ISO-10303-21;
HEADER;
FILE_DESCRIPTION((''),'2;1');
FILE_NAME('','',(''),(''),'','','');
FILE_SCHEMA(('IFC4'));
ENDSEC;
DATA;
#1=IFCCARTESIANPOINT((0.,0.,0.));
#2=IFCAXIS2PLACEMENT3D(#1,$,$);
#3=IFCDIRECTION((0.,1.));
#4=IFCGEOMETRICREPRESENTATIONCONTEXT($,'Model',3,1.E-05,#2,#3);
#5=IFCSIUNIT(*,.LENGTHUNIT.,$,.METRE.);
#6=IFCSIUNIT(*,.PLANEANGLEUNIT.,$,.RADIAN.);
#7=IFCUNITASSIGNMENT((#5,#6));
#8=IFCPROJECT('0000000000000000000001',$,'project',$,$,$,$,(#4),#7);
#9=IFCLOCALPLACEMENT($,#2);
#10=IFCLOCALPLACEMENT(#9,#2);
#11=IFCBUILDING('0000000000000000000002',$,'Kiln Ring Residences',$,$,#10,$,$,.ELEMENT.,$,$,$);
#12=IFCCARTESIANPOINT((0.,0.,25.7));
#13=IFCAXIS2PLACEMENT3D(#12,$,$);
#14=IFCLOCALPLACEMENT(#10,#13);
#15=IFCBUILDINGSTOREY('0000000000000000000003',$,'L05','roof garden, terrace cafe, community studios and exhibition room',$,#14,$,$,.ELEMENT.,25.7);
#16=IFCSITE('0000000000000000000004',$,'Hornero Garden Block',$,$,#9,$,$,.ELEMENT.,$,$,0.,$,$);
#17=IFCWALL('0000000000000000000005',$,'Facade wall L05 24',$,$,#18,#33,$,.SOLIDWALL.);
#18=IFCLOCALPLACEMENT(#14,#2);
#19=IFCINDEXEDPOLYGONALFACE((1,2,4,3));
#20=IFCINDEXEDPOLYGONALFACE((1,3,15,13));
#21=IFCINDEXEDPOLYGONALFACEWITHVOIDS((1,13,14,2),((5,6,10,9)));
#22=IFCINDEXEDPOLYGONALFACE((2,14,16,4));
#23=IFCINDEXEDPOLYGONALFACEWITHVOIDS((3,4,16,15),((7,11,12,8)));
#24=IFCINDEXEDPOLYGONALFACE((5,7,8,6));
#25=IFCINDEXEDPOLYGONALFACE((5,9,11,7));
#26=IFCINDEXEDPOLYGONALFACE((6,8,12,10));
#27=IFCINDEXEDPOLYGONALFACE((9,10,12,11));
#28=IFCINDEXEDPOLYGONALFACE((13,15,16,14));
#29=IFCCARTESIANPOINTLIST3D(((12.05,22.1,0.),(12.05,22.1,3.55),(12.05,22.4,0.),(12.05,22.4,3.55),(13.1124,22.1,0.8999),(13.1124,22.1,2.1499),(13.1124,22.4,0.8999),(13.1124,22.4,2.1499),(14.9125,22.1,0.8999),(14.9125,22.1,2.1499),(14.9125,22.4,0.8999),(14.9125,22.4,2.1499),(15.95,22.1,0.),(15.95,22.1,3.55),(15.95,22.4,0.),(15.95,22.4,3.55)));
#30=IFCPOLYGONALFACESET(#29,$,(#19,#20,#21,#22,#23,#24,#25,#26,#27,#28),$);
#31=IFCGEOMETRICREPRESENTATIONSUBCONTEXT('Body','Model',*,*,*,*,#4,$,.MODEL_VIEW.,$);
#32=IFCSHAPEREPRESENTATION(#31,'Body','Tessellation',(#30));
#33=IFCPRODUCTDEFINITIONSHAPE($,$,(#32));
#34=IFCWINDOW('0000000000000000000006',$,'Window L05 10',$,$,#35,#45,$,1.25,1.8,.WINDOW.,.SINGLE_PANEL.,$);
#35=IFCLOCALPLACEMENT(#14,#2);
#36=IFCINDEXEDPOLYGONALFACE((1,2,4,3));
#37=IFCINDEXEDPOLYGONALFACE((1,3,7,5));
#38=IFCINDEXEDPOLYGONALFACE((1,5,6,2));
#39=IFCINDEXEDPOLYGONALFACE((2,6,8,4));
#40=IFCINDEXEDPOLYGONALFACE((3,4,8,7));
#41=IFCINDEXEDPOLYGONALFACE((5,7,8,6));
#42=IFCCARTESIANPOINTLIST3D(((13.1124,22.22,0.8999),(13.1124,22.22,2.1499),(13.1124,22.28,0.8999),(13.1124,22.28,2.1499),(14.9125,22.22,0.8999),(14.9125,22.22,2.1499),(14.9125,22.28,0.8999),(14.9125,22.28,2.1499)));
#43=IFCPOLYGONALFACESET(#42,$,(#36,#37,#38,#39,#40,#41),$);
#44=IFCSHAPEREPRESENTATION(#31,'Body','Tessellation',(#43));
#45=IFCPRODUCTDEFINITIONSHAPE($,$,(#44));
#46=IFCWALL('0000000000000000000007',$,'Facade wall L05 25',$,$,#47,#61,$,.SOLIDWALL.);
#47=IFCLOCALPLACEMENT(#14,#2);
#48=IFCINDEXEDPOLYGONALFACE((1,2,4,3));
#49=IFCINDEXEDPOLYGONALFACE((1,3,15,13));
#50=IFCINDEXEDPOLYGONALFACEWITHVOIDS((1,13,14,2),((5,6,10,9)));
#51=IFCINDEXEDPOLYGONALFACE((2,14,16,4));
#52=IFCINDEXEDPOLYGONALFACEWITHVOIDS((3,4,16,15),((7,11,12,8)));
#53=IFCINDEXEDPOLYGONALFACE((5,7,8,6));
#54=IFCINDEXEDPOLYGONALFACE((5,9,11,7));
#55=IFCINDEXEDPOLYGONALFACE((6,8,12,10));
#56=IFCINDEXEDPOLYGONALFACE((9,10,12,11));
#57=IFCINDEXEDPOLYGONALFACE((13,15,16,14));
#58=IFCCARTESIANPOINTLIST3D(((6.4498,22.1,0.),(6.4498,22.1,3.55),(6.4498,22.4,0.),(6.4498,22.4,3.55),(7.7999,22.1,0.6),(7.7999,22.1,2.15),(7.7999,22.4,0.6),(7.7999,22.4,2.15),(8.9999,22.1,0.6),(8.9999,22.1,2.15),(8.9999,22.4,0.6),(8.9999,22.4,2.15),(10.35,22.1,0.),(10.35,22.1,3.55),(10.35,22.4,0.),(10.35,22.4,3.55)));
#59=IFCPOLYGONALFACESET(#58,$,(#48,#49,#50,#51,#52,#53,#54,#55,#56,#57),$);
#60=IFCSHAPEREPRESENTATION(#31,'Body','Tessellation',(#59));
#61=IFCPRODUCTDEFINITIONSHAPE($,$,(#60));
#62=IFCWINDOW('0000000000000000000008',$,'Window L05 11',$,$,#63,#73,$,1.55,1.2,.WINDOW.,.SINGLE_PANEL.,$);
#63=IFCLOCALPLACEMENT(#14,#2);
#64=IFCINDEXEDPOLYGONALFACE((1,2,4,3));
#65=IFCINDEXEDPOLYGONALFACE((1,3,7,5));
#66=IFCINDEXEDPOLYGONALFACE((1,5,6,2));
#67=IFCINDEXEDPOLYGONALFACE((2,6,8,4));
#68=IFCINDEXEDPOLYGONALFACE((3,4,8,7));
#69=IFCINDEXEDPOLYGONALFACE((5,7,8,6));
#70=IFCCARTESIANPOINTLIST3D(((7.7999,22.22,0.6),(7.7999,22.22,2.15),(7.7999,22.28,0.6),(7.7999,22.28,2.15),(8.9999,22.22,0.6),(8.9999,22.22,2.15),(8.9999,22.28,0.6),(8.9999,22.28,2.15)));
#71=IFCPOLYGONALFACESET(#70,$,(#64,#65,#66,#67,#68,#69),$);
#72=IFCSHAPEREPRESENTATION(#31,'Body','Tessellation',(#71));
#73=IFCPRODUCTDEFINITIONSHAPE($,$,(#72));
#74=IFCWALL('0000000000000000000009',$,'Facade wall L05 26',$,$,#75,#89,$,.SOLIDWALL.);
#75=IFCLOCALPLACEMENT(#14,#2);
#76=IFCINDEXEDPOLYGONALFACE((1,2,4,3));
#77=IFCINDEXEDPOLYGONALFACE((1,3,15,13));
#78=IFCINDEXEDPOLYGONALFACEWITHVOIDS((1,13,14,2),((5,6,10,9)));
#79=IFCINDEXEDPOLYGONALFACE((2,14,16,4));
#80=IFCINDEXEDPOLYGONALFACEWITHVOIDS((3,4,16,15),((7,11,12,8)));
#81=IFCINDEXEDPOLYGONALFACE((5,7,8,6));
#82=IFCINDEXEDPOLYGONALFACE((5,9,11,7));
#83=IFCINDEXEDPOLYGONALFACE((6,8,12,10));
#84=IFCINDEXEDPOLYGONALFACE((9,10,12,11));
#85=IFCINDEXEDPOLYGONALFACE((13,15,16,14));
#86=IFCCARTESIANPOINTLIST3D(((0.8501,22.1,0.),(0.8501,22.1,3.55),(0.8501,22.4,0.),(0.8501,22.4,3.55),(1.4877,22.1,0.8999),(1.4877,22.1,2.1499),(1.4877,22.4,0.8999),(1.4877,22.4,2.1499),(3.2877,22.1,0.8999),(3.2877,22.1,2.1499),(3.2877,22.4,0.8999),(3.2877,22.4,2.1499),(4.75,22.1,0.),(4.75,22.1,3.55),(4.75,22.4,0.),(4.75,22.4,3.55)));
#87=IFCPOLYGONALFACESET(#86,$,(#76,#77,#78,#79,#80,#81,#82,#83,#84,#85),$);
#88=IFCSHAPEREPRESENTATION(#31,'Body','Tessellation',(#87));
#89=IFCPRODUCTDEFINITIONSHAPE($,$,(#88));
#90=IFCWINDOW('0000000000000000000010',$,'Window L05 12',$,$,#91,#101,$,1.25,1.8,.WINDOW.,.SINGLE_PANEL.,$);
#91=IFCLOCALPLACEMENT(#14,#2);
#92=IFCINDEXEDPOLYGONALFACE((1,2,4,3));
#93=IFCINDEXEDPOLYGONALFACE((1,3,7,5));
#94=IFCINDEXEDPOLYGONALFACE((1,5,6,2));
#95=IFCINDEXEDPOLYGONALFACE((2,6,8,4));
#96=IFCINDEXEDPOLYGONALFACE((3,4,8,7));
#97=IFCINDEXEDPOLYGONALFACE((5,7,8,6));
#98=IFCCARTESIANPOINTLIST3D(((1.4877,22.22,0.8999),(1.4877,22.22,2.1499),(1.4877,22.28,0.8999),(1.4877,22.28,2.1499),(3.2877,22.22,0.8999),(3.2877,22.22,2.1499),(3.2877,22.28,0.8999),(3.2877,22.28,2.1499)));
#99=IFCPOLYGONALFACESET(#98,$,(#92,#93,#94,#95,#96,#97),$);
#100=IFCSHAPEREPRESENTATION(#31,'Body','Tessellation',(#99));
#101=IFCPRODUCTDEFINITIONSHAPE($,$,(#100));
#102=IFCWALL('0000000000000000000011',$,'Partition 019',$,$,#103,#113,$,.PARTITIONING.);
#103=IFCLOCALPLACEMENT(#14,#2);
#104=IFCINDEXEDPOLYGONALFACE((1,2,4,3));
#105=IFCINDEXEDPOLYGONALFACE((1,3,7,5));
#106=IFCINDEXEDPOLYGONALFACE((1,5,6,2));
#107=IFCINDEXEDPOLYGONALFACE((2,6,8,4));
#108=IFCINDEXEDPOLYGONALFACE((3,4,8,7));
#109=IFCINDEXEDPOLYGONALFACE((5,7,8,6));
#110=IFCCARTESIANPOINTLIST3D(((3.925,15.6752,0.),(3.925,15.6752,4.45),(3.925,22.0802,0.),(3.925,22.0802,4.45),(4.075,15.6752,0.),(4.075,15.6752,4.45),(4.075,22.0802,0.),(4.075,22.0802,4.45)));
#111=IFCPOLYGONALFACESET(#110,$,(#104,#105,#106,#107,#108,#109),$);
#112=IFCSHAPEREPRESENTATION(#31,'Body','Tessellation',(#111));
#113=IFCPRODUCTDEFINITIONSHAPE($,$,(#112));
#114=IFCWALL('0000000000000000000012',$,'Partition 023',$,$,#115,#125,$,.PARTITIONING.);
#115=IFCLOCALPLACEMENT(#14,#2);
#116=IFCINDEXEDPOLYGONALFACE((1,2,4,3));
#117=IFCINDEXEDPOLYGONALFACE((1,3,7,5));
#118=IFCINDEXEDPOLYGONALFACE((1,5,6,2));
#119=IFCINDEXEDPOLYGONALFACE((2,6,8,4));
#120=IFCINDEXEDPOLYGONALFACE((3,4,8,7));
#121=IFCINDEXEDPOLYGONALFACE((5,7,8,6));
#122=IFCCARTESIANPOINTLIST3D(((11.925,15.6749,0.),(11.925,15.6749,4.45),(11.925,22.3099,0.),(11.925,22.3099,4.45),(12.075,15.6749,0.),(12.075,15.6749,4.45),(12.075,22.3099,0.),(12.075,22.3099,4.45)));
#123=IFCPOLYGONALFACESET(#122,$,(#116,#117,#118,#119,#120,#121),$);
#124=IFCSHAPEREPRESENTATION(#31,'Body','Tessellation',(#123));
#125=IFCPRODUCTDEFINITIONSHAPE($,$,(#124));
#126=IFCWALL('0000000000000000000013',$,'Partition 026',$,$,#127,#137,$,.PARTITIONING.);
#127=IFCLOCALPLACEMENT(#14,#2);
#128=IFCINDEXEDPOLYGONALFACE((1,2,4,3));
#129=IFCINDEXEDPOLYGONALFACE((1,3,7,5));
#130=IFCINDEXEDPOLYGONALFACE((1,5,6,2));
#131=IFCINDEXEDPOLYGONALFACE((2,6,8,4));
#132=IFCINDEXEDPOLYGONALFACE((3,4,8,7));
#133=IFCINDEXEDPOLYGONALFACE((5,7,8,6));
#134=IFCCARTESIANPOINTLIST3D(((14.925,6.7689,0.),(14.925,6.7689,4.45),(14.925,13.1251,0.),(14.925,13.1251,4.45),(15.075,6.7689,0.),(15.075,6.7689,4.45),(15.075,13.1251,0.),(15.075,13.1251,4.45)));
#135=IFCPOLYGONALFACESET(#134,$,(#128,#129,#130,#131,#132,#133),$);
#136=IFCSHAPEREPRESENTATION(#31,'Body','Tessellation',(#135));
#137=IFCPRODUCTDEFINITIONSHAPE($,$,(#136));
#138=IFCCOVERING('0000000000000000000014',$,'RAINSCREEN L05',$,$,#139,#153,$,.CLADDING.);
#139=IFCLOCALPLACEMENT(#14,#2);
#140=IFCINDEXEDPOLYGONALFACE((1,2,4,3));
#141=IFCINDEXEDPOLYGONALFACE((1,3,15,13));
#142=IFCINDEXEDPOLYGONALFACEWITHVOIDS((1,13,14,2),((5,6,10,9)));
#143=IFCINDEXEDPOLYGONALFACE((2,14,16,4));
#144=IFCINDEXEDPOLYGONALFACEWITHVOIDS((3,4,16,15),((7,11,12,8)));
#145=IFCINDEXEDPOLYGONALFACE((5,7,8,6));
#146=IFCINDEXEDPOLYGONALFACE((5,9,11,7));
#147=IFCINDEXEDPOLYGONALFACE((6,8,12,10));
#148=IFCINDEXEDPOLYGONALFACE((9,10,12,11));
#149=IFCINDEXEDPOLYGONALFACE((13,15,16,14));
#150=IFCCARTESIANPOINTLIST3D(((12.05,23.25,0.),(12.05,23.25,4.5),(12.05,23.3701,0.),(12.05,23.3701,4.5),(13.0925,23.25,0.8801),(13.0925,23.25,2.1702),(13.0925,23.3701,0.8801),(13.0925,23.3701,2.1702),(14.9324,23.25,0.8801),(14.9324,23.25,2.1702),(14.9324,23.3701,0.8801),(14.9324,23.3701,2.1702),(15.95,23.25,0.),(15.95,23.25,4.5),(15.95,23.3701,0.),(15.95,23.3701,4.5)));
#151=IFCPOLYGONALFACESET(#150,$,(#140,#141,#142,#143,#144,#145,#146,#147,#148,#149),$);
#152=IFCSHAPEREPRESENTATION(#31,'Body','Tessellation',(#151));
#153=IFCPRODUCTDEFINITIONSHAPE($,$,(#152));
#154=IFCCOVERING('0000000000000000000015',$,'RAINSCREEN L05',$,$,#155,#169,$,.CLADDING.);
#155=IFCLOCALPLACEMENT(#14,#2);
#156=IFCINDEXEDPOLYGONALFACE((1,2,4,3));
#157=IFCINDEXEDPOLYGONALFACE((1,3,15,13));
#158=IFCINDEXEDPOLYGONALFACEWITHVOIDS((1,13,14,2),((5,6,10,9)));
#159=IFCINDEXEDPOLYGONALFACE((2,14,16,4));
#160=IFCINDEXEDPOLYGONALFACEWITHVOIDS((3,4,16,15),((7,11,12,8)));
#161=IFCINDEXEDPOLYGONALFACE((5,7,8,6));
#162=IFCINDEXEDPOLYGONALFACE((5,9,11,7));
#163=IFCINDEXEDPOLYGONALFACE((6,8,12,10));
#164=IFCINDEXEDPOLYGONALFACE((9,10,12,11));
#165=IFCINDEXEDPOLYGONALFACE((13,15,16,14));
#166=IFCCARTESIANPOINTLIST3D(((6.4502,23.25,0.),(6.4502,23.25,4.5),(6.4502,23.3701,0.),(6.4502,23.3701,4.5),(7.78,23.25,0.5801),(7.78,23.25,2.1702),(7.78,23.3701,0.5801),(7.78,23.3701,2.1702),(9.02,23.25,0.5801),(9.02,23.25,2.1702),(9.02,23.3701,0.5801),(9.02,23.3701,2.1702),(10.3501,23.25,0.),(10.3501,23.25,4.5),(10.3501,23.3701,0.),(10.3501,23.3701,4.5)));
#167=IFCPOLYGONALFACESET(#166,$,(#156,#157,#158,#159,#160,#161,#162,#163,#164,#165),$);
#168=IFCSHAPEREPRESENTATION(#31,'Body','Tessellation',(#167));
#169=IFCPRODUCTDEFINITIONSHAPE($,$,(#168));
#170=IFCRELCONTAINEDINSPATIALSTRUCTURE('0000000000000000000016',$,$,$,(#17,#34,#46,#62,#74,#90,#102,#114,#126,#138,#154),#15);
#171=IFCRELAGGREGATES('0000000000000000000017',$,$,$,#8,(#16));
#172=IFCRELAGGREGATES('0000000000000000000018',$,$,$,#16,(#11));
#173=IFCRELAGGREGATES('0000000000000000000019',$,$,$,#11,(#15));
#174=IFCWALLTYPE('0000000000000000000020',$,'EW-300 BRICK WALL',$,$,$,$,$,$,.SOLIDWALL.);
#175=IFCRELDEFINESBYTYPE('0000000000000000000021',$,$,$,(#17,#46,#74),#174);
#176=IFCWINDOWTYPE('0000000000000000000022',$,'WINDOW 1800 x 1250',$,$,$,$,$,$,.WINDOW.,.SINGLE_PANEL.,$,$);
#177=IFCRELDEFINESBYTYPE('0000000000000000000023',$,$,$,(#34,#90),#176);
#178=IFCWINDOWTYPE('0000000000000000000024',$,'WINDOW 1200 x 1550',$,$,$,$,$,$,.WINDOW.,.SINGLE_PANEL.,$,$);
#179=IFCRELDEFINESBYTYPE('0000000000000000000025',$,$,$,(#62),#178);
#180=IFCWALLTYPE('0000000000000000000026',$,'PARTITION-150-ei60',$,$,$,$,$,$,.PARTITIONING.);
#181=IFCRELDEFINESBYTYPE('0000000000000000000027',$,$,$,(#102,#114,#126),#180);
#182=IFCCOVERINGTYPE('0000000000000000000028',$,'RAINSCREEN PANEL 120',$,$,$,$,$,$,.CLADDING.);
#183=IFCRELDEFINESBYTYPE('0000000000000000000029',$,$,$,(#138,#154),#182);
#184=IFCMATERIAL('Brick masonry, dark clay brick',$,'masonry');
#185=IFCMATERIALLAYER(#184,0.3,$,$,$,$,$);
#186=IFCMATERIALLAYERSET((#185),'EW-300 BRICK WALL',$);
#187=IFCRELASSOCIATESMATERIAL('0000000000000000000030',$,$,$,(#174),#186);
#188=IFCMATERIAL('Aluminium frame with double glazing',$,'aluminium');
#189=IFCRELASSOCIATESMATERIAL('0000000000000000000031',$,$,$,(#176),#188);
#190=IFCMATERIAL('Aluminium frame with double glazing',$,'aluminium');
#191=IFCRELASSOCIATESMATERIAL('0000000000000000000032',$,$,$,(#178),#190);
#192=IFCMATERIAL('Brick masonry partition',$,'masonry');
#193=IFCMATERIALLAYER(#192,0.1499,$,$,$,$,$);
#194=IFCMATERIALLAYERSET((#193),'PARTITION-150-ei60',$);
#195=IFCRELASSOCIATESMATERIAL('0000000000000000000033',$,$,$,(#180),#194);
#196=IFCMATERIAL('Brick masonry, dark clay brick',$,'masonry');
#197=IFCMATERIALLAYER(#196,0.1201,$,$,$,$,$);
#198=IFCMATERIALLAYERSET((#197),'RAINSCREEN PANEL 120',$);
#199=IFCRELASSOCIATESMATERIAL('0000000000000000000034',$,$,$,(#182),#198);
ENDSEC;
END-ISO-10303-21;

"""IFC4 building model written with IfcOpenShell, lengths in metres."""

from ifc_helpers import new_model, si_unit, direction, frame, frame_2d, origin, place, context, subcontext, project, spatial, polyline, rectangle, outline, extrude, material, layer, layer_set, type_object, element, fill, save


model = new_model("IFC4")

# Units and contexts
model_context = context("Model", 3, precision=1e-05, world=origin(), true_north=direction((0.0, 1.0)))
body_context = subcontext(model_context, "Body", "Model", "MODEL_VIEW")
ifc_project = project(units=[si_unit("LENGTHUNIT", "METRE"), si_unit("PLANEANGLEUNIT", "RADIAN")], contexts=[model_context])

# Site, building, storey
site_placement = place(None, origin())
site = spatial("IfcSite", under=ifc_project, at=site_placement, Name="Hornero Garden Block", CompositionType="ELEMENT", RefElevation=0.0)
building_placement = place(site_placement, origin())
building = spatial("IfcBuilding", under=site, at=building_placement, Name="Kiln Ring Residences", CompositionType="ELEMENT")
storey_placement = place(building_placement, frame((0.0, 0.0, 25.7)))
storey = spatial("IfcBuildingStorey", under=building, at=storey_placement, Name="L05", Description="roof garden, terrace cafe, community studios and exhibition room", CompositionType="ELEMENT", Elevation=25.7)

# Walls, openings, windows
ifc_material_1 = material(Name="Brick masonry, dark clay brick", Category="masonry")
ifc_layer_1 = layer(ifc_material_1, 0.3)
ifc_layer_set_1 = layer_set([ifc_layer_1], Name="EW-300 BRICK WALL")
wall_type_1 = type_object("IfcWallType", Name="EW-300 BRICK WALL", PredefinedType="SOLIDWALL", material=ifc_layer_set_1)
wall_1_placement = place(storey_placement, frame((15.95, 22.25, 0.0), z_axis=(0.0, 0.0, 1.0), x_axis=(-1.0, 0.0, 0.0)))
wall_1 = element("IfcWall", 1, at=wall_1_placement, inside=storey, type_object=wall_type_1, Name="Facade wall L05 24", PredefinedType="SOLIDWALL", context=body_context, shape_type="SweptSolid", body=[
    extrude(rectangle(XDim=3.8999, YDim=0.3, at=frame_2d((1.95, 0.0))), origin(), (0.0, 0.0, 1.0), 3.55),
])
opening_1_placement = place(wall_1_placement, frame((1.0376, 0.0, 0.8999)))
opening_1 = element("IfcOpeningElement", 2, at=opening_1_placement, cuts=wall_1, PredefinedType="OPENING", context=body_context, shape_type="SweptSolid", body=[
    extrude(rectangle(XDim=1.8, YDim=1.25, at=frame_2d((0.8999, 0.625))), frame((0.0, 0.1599, 0.0), z_axis=(0.0, -1.0, 0.0), x_axis=(1.0, 0.0, 0.0)), (0.0, 0.0, 1.0), 0.3201),
])
ifc_material_2 = material(Name="Aluminium frame with double glazing", Category="aluminium")
window_type_1 = type_object("IfcWindowType", Name="WINDOW 1800 x 1250", PartitioningType="SINGLE_PANEL", PredefinedType="WINDOW", material=ifc_material_2)
window_1_placement = place(opening_1_placement, origin())
window_1 = element("IfcWindow", 3, at=window_1_placement, inside=storey, type_object=window_type_1, Name="Window L05 10", OverallHeight=1.25, OverallWidth=1.8, PartitioningType="SINGLE_PANEL", PredefinedType="WINDOW", context=body_context, shape_type="SweptSolid", body=[
    extrude(rectangle(XDim=1.8, YDim=1.25, at=frame_2d((0.8999, 0.625))), frame((0.0, 0.03, 0.0), z_axis=(0.0, -1.0, 0.0), x_axis=(1.0, 0.0, 0.0)), (0.0, 0.0, 1.0), 0.0601),
])
fill(opening_1, window_1)
wall_2_placement = place(storey_placement, frame((10.3501, 22.25, 0.0), z_axis=(0.0, 0.0, 1.0), x_axis=(-1.0, 0.0, 0.0)))
wall_2 = element("IfcWall", 4, at=wall_2_placement, inside=storey, type_object=wall_type_1, Name="Facade wall L05 25", PredefinedType="SOLIDWALL", context=body_context, shape_type="SweptSolid", body=[
    extrude(rectangle(XDim=3.9001, YDim=0.3, at=frame_2d((1.9502, 0.0))), origin(), (0.0, 0.0, 1.0), 3.55),
])
opening_2_placement = place(wall_2_placement, frame((1.3501, 0.0, 0.6001)))
opening_2 = element("IfcOpeningElement", 5, at=opening_2_placement, cuts=wall_2, PredefinedType="OPENING", context=body_context, shape_type="SweptSolid", body=[
    extrude(rectangle(XDim=1.2, YDim=1.55, at=frame_2d((0.6001, 0.7749))), frame((0.0, 0.1599, 0.0), z_axis=(0.0, -1.0, 0.0), x_axis=(1.0, 0.0, 0.0)), (0.0, 0.0, 1.0), 0.3201),
])
ifc_material_3 = material(Name="Aluminium frame with double glazing", Category="aluminium")
window_type_2 = type_object("IfcWindowType", Name="WINDOW 1200 x 1550", PartitioningType="SINGLE_PANEL", PredefinedType="WINDOW", material=ifc_material_3)
window_2_placement = place(opening_2_placement, origin())
window_2 = element("IfcWindow", 6, at=window_2_placement, inside=storey, type_object=window_type_2, Name="Window L05 11", OverallHeight=1.55, OverallWidth=1.2, PartitioningType="SINGLE_PANEL", PredefinedType="WINDOW", context=body_context, shape_type="SweptSolid", body=[
    extrude(rectangle(XDim=1.2, YDim=1.55, at=frame_2d((0.6001, 0.7749))), frame((0.0, 0.03, 0.0), z_axis=(0.0, -1.0, 0.0), x_axis=(1.0, 0.0, 0.0)), (0.0, 0.0, 1.0), 0.0601),
])
fill(opening_2, window_2)
wall_3_placement = place(storey_placement, frame((4.75, 22.25, 0.0), z_axis=(0.0, 0.0, 1.0), x_axis=(-1.0, 0.0, 0.0)))
wall_3 = element("IfcWall", 7, at=wall_3_placement, inside=storey, type_object=wall_type_1, Name="Facade wall L05 26", PredefinedType="SOLIDWALL", context=body_context, shape_type="SweptSolid", body=[
    extrude(rectangle(XDim=3.8999, YDim=0.3, at=frame_2d((1.95, 0.0))), origin(), (0.0, 0.0, 1.0), 3.55),
])
opening_3_placement = place(wall_3_placement, frame((1.4624, 0.0, 0.8999)))
opening_3 = element("IfcOpeningElement", 8, at=opening_3_placement, cuts=wall_3, PredefinedType="OPENING", context=body_context, shape_type="SweptSolid", body=[
    extrude(rectangle(XDim=1.8, YDim=1.25, at=frame_2d((0.8999, 0.625))), frame((0.0, 0.1599, 0.0), z_axis=(0.0, -1.0, 0.0), x_axis=(1.0, 0.0, 0.0)), (0.0, 0.0, 1.0), 0.3201),
])
window_3_placement = place(opening_3_placement, origin())
window_3 = element("IfcWindow", 9, at=window_3_placement, inside=storey, type_object=window_type_1, Name="Window L05 12", OverallHeight=1.25, OverallWidth=1.8, PartitioningType="SINGLE_PANEL", PredefinedType="WINDOW", context=body_context, shape_type="SweptSolid", body=[
    extrude(rectangle(XDim=1.8, YDim=1.25, at=frame_2d((0.8999, 0.625))), frame((0.0, 0.03, 0.0), z_axis=(0.0, -1.0, 0.0), x_axis=(1.0, 0.0, 0.0)), (0.0, 0.0, 1.0), 0.0601),
])
fill(opening_3, window_3)

# Walls
ifc_material_4 = material(Name="Brick masonry partition", Category="masonry")
ifc_layer_2 = layer(ifc_material_4, 0.1499)
ifc_layer_set_2 = layer_set([ifc_layer_2], Name="PARTITION-150-ei60")
wall_type_2 = type_object("IfcWallType", Name="PARTITION-150-ei60", PredefinedType="PARTITIONING", material=ifc_layer_set_2)
wall_4_placement = place(storey_placement, frame((4.0, 15.675, 0.0), z_axis=(0.0, 0.0, 1.0), x_axis=(0.0, 1.0, 0.0)))
element("IfcWall", 10, at=wall_4_placement, inside=storey, type_object=wall_type_2, Name="Partition 019", PredefinedType="PARTITIONING", context=body_context, shape_type="SweptSolid", body=[
    extrude(rectangle(XDim=6.405, YDim=0.1499, at=frame_2d((3.2026, 0.0))), origin(), (0.0, 0.0, 1.0), 4.45),
])
wall_5_placement = place(storey_placement, frame((12.0, 15.675, 0.0), z_axis=(0.0, 0.0, 1.0), x_axis=(0.0, 1.0, 0.0)))
element("IfcWall", 11, at=wall_5_placement, inside=storey, type_object=wall_type_2, Name="Partition 023", PredefinedType="PARTITIONING", context=body_context, shape_type="SweptSolid", body=[
    extrude(rectangle(XDim=6.635, YDim=0.1499, at=frame_2d((3.3174, 0.0))), origin(), (0.0, 0.0, 1.0), 4.45),
])
wall_6_placement = place(storey_placement, frame((15.0, 6.7688, 0.0), z_axis=(0.0, 0.0, 1.0), x_axis=(0.0, 1.0, 0.0)))
element("IfcWall", 12, at=wall_6_placement, inside=storey, type_object=wall_type_2, Name="Partition 026", PredefinedType="PARTITIONING", context=body_context, shape_type="SweptSolid", body=[
    extrude(rectangle(XDim=6.3562, YDim=0.1499, at=frame_2d((3.1782, 0.0))), origin(), (0.0, 0.0, 1.0), 4.45),
])

# Coverings
ifc_material_5 = material(Name="Brick masonry, dark clay brick", Category="masonry")
ifc_layer_3 = layer(ifc_material_5, 0.1201)
ifc_layer_set_3 = layer_set([ifc_layer_3], Name="RAINSCREEN PANEL 120")
covering_type = type_object("IfcCoveringType", Name="RAINSCREEN PANEL 120", PredefinedType="CLADDING", material=ifc_layer_set_3)
covering_1_placement = place(storey_placement, frame((15.95, 23.3101, 0.0), z_axis=(0.0, 0.0, 1.0), x_axis=(-1.0, 0.0, 0.0)))
element("IfcCovering", 13, at=covering_1_placement, inside=storey, type_object=covering_type, Name="RAINSCREEN L05", PredefinedType="CLADDING", context=body_context, shape_type="SweptSolid", body=[
    extrude(outline(polyline([(0.0, 0.0), (3.8999, 0.0), (3.8999, 4.5), (0.0, 4.5), (0.0, 0.0)]), holes=[polyline([(1.0176, 2.1702), (1.0176, 0.8801), (2.8574, 0.8801), (2.8574, 2.1702), (1.0176, 2.1702)])]), frame((0.0, 0.0601, 0.0), z_axis=(0.0, -1.0, 0.0), x_axis=(1.0, 0.0, 0.0)), (0.0, 0.0, 1.0), 0.1201),
])
covering_2_placement = place(storey_placement, frame((10.3501, 23.3101, 0.0), z_axis=(0.0, 0.0, 1.0), x_axis=(-1.0, 0.0, 0.0)))
element("IfcCovering", 14, at=covering_2_placement, inside=storey, type_object=covering_type, Name="RAINSCREEN L05", PredefinedType="CLADDING", context=body_context, shape_type="SweptSolid", body=[
    extrude(outline(polyline([(0.0, 0.0), (3.8999, 0.0), (3.8999, 4.5), (0.0, 4.5), (0.0, 0.0)]), holes=[polyline([(1.3301, 2.1702), (1.3301, 0.5801), (2.5701, 0.5801), (2.5701, 2.1702), (1.3301, 2.1702)])]), frame((0.0, 0.0601, 0.0), z_axis=(0.0, -1.0, 0.0), x_axis=(1.0, 0.0, 0.0)), (0.0, 0.0, 1.0), 0.1201),
])

save(model, "model.ifc")
